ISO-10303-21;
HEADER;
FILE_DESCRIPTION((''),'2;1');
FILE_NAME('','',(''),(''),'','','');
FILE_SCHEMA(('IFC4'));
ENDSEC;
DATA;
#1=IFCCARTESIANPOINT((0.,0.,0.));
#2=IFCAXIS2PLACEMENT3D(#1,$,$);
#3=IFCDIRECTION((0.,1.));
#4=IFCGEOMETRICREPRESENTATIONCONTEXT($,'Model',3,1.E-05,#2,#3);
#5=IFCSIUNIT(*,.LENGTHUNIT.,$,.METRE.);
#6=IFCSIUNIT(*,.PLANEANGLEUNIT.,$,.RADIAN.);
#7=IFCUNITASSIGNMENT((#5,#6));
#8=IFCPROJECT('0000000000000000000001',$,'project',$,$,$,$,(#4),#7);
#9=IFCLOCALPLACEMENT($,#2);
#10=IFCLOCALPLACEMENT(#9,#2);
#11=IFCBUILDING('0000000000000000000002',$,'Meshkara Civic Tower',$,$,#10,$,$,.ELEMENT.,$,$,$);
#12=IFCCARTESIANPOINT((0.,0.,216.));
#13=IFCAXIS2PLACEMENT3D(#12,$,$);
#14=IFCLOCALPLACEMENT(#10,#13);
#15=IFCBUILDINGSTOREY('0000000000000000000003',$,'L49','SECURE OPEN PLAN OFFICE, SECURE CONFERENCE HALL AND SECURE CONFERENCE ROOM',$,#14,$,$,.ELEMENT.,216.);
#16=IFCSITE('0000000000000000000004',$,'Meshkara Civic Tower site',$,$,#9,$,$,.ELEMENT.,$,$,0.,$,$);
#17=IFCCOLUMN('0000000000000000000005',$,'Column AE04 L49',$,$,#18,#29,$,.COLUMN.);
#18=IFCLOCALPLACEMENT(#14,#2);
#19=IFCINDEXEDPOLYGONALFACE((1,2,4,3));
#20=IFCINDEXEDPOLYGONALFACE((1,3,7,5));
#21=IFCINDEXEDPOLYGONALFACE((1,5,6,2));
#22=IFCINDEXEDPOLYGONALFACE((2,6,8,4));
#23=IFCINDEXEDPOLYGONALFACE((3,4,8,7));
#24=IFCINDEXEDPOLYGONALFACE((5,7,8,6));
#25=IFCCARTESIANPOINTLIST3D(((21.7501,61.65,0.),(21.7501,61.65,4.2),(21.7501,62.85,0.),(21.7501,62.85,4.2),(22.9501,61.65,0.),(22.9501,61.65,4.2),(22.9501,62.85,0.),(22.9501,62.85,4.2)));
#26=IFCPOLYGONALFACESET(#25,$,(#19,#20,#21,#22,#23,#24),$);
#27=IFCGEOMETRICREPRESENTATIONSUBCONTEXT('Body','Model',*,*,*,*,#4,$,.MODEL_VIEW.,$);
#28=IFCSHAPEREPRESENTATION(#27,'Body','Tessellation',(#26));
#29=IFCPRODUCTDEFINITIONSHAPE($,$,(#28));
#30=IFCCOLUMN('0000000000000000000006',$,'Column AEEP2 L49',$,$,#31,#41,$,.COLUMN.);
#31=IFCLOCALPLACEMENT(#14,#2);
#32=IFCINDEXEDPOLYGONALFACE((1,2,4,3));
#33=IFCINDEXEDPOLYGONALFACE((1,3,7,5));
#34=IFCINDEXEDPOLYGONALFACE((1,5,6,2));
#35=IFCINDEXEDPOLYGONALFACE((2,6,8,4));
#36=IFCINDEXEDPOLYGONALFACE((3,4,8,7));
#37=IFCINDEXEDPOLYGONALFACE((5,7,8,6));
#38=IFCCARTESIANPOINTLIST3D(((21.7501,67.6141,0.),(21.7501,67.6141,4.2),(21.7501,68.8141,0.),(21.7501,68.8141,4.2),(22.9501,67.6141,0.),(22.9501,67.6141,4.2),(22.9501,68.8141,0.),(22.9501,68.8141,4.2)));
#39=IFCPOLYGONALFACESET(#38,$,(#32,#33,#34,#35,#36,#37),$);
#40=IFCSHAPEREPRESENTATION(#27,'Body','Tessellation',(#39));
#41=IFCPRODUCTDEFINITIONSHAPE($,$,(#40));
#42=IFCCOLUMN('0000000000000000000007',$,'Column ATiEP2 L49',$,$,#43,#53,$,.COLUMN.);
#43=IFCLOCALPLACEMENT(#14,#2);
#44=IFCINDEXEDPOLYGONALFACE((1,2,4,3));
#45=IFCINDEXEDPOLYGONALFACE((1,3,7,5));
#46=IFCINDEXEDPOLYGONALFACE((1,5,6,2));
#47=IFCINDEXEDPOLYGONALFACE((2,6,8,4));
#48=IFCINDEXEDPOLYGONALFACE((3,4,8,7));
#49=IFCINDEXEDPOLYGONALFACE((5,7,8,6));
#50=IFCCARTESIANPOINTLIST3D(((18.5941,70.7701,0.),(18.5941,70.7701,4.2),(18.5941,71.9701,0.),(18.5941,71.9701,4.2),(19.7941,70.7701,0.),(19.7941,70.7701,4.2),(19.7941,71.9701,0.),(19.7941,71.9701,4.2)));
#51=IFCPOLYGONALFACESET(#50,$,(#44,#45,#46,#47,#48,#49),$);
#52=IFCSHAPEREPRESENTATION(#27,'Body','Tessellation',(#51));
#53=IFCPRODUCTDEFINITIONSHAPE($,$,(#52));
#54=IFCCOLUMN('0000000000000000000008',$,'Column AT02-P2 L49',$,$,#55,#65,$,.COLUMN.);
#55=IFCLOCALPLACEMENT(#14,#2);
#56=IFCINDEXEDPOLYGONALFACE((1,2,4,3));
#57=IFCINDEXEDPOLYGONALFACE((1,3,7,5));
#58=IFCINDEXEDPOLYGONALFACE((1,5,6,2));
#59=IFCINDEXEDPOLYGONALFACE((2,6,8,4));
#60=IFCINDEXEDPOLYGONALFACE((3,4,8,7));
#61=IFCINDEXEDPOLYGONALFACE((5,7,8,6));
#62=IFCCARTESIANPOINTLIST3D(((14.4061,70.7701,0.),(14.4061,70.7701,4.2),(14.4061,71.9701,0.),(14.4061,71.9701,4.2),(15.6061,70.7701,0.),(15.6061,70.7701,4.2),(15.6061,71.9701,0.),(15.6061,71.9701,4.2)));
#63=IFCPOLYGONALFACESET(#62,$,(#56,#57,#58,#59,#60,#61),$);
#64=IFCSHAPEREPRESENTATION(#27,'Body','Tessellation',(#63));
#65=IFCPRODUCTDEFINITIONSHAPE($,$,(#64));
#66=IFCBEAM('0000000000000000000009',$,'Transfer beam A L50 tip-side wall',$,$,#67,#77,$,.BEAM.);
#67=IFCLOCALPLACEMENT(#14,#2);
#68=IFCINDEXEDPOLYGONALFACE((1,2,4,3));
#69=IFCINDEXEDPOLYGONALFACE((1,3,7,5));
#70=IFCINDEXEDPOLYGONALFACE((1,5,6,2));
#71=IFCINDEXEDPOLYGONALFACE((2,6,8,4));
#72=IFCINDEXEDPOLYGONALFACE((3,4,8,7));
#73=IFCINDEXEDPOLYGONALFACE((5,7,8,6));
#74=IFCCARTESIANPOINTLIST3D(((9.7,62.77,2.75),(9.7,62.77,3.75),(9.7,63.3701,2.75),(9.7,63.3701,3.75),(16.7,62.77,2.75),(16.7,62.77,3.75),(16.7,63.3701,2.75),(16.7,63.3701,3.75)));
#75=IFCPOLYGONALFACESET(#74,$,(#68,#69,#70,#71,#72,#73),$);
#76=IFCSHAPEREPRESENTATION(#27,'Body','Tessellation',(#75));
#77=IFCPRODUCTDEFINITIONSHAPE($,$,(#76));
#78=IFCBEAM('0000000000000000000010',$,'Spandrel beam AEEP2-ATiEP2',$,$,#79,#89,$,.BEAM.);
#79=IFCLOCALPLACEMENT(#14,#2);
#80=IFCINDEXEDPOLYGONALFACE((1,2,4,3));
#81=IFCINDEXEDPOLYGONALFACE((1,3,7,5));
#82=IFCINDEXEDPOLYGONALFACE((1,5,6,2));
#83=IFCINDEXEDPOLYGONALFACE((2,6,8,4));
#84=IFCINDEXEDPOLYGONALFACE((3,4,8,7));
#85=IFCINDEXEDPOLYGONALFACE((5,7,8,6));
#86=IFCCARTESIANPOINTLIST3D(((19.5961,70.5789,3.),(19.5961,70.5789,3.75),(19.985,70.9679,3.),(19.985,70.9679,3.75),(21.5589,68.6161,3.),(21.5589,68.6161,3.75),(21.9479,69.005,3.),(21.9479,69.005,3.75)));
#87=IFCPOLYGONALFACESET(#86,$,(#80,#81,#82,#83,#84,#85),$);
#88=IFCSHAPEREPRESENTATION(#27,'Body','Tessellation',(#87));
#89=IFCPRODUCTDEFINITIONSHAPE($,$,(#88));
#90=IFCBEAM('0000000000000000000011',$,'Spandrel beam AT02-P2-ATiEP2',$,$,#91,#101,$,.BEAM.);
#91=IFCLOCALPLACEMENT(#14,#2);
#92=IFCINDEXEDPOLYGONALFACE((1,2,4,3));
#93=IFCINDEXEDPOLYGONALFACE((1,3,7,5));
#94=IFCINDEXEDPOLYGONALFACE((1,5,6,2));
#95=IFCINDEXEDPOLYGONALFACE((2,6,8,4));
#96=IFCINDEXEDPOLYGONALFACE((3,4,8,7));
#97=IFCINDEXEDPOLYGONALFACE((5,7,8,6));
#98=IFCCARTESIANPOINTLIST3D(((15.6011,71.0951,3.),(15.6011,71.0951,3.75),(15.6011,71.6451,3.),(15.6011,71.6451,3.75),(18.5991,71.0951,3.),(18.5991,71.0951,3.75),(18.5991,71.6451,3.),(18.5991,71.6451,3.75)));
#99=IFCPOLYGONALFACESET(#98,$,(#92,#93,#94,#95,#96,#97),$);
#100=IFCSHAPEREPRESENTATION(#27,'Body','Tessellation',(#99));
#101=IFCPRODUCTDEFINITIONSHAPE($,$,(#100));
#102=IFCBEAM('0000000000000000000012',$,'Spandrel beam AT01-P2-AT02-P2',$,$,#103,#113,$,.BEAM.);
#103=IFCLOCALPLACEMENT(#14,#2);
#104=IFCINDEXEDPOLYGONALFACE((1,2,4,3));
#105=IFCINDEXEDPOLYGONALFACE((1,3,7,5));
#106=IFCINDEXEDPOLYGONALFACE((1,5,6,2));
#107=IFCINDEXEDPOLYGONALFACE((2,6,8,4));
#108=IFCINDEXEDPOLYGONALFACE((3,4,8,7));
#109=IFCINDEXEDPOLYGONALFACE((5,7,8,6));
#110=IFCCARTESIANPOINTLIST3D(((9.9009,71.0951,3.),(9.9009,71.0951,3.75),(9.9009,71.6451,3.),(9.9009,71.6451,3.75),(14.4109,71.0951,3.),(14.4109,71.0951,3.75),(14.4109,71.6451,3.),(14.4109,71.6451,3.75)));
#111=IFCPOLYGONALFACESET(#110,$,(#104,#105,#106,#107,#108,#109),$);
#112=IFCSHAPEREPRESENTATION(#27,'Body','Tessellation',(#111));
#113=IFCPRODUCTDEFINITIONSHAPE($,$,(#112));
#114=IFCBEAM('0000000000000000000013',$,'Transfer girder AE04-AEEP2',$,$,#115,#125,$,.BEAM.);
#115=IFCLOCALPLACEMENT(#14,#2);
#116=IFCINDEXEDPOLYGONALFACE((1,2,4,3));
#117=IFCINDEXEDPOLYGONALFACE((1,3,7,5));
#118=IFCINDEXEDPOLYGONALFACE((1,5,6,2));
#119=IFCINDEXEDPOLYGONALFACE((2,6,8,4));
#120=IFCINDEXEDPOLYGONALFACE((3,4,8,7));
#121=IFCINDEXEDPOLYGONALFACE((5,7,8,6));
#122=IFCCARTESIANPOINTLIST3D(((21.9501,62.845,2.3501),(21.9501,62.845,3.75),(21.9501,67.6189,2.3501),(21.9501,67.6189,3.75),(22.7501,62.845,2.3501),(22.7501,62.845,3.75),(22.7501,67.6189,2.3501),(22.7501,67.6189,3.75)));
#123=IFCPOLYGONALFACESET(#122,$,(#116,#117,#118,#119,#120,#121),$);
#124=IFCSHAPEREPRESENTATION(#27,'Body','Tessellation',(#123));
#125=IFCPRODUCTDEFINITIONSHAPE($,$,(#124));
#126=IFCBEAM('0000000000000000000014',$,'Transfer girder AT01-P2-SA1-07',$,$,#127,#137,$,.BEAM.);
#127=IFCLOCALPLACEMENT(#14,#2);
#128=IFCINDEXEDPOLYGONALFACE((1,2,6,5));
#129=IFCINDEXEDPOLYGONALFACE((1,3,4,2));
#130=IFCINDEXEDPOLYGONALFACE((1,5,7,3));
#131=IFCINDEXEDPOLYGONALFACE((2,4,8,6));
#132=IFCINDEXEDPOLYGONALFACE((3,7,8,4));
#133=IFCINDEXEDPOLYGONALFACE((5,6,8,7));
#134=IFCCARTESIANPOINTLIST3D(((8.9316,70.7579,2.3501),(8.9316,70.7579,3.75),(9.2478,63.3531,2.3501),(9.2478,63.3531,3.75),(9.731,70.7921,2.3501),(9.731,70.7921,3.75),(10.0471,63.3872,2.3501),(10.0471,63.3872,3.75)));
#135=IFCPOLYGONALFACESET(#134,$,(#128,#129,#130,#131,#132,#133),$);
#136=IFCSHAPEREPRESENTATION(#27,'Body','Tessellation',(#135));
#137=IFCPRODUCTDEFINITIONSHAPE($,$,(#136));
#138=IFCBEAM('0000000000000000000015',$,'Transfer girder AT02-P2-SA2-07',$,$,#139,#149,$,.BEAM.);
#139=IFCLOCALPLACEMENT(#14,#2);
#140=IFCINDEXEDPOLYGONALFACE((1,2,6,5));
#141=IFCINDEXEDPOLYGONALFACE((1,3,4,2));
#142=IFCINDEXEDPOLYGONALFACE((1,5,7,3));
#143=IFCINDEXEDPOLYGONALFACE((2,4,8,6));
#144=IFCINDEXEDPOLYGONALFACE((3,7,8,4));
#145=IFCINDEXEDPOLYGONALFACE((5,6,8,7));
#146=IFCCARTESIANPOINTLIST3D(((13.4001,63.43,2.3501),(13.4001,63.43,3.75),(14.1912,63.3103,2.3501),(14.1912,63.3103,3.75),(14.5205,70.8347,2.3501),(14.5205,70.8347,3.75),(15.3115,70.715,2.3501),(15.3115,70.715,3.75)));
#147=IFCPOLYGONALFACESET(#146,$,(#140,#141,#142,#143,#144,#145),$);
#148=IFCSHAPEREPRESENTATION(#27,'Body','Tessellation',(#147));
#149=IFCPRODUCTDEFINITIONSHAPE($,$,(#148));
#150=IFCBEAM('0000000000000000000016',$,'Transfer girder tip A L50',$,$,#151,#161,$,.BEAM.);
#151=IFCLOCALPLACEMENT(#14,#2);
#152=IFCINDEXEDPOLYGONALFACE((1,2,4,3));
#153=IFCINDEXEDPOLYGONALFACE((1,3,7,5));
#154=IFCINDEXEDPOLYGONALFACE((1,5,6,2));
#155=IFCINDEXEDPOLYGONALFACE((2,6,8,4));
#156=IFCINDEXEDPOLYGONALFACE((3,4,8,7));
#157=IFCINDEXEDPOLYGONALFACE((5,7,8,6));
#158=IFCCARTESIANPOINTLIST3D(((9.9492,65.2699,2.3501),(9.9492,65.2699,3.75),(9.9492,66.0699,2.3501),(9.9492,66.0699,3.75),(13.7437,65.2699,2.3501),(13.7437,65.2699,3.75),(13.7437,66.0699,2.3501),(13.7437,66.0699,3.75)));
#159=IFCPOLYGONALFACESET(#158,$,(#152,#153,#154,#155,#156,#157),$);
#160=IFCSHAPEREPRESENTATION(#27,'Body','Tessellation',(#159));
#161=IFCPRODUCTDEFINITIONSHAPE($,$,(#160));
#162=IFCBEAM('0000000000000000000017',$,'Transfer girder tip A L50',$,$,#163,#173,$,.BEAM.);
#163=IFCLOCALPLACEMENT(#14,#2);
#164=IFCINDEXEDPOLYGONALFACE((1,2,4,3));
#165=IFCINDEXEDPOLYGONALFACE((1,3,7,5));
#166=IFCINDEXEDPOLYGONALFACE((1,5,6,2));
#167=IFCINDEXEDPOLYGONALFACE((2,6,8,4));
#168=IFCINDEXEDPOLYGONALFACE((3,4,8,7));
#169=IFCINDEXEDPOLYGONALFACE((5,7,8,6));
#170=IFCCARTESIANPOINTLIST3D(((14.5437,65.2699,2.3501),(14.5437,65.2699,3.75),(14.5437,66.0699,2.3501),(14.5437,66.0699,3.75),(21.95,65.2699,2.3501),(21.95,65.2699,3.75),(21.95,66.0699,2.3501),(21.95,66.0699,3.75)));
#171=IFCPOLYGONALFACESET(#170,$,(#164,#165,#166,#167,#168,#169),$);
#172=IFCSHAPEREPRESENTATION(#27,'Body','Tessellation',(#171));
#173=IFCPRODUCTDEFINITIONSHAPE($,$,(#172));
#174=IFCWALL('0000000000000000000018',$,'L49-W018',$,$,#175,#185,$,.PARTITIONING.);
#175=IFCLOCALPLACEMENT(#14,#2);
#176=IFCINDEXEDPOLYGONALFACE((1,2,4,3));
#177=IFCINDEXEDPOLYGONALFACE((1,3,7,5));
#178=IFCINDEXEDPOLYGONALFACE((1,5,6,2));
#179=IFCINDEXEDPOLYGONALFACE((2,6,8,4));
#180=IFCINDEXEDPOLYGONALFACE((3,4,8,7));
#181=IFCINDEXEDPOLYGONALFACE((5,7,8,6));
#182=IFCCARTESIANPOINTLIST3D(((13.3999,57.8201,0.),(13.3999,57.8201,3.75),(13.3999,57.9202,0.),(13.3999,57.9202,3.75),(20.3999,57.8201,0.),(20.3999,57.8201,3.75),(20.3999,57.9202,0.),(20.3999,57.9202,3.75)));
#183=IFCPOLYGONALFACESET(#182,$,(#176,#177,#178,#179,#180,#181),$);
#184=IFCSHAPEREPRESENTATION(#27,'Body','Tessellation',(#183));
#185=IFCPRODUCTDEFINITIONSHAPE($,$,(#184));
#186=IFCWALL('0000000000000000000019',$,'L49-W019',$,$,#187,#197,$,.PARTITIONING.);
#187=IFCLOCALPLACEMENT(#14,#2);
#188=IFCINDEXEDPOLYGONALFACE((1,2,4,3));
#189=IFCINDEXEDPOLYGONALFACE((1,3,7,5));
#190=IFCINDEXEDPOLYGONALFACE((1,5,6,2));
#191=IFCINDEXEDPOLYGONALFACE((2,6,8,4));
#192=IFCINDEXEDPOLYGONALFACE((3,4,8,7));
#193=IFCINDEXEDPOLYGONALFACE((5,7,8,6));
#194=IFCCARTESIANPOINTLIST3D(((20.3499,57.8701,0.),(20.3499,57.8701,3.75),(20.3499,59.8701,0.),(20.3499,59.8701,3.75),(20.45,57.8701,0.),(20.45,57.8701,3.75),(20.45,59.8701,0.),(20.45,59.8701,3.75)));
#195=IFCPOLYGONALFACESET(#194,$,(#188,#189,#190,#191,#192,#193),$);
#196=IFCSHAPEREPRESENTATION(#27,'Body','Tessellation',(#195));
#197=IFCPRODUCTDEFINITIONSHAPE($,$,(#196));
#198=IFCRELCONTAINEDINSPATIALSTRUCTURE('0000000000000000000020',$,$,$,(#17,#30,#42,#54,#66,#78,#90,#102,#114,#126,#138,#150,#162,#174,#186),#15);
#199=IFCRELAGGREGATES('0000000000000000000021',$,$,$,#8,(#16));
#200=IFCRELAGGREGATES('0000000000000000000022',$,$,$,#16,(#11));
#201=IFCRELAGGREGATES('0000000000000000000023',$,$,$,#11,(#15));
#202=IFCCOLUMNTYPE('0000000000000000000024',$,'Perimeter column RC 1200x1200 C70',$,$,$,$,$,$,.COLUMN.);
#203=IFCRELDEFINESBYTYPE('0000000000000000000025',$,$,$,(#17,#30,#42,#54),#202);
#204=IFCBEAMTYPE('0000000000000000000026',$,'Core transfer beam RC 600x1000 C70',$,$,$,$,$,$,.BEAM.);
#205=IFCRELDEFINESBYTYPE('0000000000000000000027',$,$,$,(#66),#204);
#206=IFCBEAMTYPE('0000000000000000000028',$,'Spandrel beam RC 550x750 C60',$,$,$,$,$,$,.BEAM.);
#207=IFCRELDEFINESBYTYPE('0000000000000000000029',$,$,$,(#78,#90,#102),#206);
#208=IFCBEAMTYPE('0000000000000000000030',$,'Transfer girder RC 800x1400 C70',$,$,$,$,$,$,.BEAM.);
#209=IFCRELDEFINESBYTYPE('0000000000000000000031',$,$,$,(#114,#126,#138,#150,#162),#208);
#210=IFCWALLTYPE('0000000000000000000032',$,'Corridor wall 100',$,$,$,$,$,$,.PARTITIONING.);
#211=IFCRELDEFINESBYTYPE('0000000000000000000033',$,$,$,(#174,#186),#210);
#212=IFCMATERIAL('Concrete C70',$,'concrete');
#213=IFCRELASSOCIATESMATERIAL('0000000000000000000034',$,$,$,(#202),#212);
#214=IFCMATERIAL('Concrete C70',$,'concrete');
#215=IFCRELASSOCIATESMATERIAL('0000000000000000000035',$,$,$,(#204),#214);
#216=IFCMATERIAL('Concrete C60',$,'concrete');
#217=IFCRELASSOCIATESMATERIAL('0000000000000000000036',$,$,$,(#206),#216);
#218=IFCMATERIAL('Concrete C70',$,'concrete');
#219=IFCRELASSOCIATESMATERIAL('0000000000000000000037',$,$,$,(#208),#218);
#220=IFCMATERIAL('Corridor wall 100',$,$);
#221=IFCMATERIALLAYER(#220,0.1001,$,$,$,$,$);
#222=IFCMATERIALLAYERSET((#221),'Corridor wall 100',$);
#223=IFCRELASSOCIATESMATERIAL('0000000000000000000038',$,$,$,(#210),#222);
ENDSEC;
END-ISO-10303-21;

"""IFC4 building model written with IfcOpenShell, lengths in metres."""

from ifc_helpers import new_model, si_unit, direction, frame, frame_2d, origin, origin_2d, place, context, subcontext, project, spatial, rectangle, extrude, material, layer, layer_set, material_profile, profile_set, type_object, element, save


model = new_model("IFC4")

# Units and contexts
model_context = context("Model", 3, precision=1e-05, world=origin(), true_north=direction((0.0, 1.0)))
body_context = subcontext(model_context, "Body", "Model", "MODEL_VIEW")
ifc_project = project(units=[si_unit("LENGTHUNIT", "METRE"), si_unit("PLANEANGLEUNIT", "RADIAN")], contexts=[model_context])

# Site, building, storey
site_placement = place(None, origin())
site = spatial("IfcSite", under=ifc_project, at=site_placement, Name="Meshkara Civic Tower site", CompositionType="ELEMENT", RefElevation=0.0)
building_placement = place(site_placement, origin())
building = spatial("IfcBuilding", under=site, at=building_placement, Name="Meshkara Civic Tower", CompositionType="ELEMENT")
storey_placement = place(building_placement, frame((0.0, 0.0, 216.0)))
storey = spatial("IfcBuildingStorey", under=building, at=storey_placement, Name="L49", Description="SECURE OPEN PLAN OFFICE, SECURE CONFERENCE HALL AND SECURE CONFERENCE ROOM", CompositionType="ELEMENT", Elevation=216.0)

# Columns
ifc_material_1 = material(Name="Concrete C70", Category="concrete")
ifc_material_profile_1 = material_profile(ifc_material_1, rectangle(XDim=1.2, YDim=1.2, at=origin_2d()))
ifc_profile_set_1 = profile_set([ifc_material_profile_1], Name="Concrete C70")
column_type = type_object("IfcColumnType", Name="Perimeter column RC 1200x1200 C70", PredefinedType="COLUMN", material=ifc_profile_set_1)
for number, where, z_axis, x_axis, name in (
    (1, (22.3501, 62.25, 0.0), (0.0, 0.0, 1.0), (1.0, 0.0, 0.0), "Column AE04 L49"),
    (2, (22.3501, 68.2141, 0.0), (0.0, 0.0, 1.0), (1.0, 0.0, 0.0), "Column AEEP2 L49"),
    (3, (19.1941, 71.3701, 0.0), (0.0, 0.0, 1.0), (1.0, 0.0, 0.0), "Column ATiEP2 L49"),
    (4, (15.0061, 71.3701, 0.0), (0.0, 0.0, 1.0), (1.0, 0.0, 0.0), "Column AT02-P2 L49"),
):
    element("IfcColumn", number, at=place(storey_placement, frame(where, z_axis=z_axis, x_axis=x_axis)), inside=storey, type_object=column_type, Name=name, PredefinedType="COLUMN", context=body_context, shape_type="SweptSolid", body=[
        extrude(rectangle(XDim=1.2, YDim=1.2, at=origin_2d()), origin(), (0.0, 0.0, 1.0), 4.2),
    ])

# Beams
ifc_material_2 = material(Name="Concrete C70", Category="concrete")
ifc_material_profile_2 = material_profile(ifc_material_2, rectangle(XDim=0.6001, YDim=1.0, at=origin_2d()))
ifc_profile_set_2 = profile_set([ifc_material_profile_2], Name="Concrete C70")
beam_type_1 = type_object("IfcBeamType", Name="Core transfer beam RC 600x1000 C70", PredefinedType="BEAM", material=ifc_profile_set_2)
beam_1_placement = place(storey_placement, frame((9.7, 63.0701, 3.25), z_axis=(1.0, 0.0, 0.0), x_axis=(0.0, 1.0, 0.0)))
element("IfcBeam", 5, at=beam_1_placement, inside=storey, type_object=beam_type_1, Name="Transfer beam A L50 tip-side wall", PredefinedType="BEAM", context=body_context, shape_type="SweptSolid", body=[
    extrude(rectangle(XDim=0.6001, YDim=1.0, at=origin_2d()), origin(), (0.0, 0.0, 1.0), 7.0),
])
ifc_material_3 = material(Name="Concrete C60", Category="concrete")
ifc_material_profile_3 = material_profile(ifc_material_3, rectangle(XDim=0.55, YDim=0.75, at=origin_2d()))
ifc_profile_set_3 = profile_set([ifc_material_profile_3], Name="Concrete C60")
beam_type_2 = type_object("IfcBeamType", Name="Spandrel beam RC 550x750 C60", PredefinedType="BEAM", material=ifc_profile_set_3)
beam_2_placement = place(storey_placement, frame((21.7534, 68.8105, 3.375), z_axis=(-0.707107, 0.707107, 0.0), x_axis=(-0.707107, -0.707107, 0.0)))
element("IfcBeam", 6, at=beam_2_placement, inside=storey, type_object=beam_type_2, Name="Spandrel beam AEEP2-ATiEP2", PredefinedType="BEAM", context=body_context, shape_type="SweptSolid", body=[
    extrude(rectangle(XDim=0.55, YDim=0.75, at=origin_2d()), origin(), (0.0, 0.0, 1.0), 2.7759),
])
beam_3_placement = place(storey_placement, frame((18.5991, 71.3701, 3.375), z_axis=(-1.0, 0.0, 0.0), x_axis=(0.0, -1.0, 0.0)))
element("IfcBeam", 7, at=beam_3_placement, inside=storey, type_object=beam_type_2, Name="Spandrel beam AT02-P2-ATiEP2", PredefinedType="BEAM", context=body_context, shape_type="SweptSolid", body=[
    extrude(rectangle(XDim=0.55, YDim=0.75, at=origin_2d()), origin(), (0.0, 0.0, 1.0), 2.998),
])
beam_4_placement = place(storey_placement, frame((14.4109, 71.3701, 3.375), z_axis=(-1.0, 0.0, 0.0), x_axis=(0.0, -1.0, 0.0)))
element("IfcBeam", 8, at=beam_4_placement, inside=storey, type_object=beam_type_2, Name="Spandrel beam AT01-P2-AT02-P2", PredefinedType="BEAM", context=body_context, shape_type="SweptSolid", body=[
    extrude(rectangle(XDim=0.55, YDim=0.75, at=origin_2d()), origin(), (0.0, 0.0, 1.0), 4.51),
])
ifc_material_4 = material(Name="Concrete C70", Category="concrete")
ifc_material_profile_4 = material_profile(ifc_material_4, rectangle(XDim=0.8, YDim=1.3999, at=origin_2d()))
ifc_profile_set_4 = profile_set([ifc_material_profile_4], Name="Concrete C70")
beam_type_3 = type_object("IfcBeamType", Name="Transfer girder RC 800x1400 C70", PredefinedType="BEAM", material=ifc_profile_set_4)
beam_5_placement = place(storey_placement, frame((22.3501, 62.845, 3.05), z_axis=(0.0, 1.0, 0.0), x_axis=(-1.0, 0.0, 0.0)))
element("IfcBeam", 9, at=beam_5_placement, inside=storey, type_object=beam_type_3, Name="Transfer girder AE04-AEEP2", PredefinedType="BEAM", context=body_context, shape_type="SweptSolid", body=[
    extrude(rectangle(XDim=0.8, YDim=1.3999, at=origin_2d()), origin(), (0.0, 0.0, 1.0), 4.7739),
])
beam_6_placement = place(storey_placement, frame((9.6475, 63.3701, 3.05), z_axis=(-0.042658, 0.99909, 0.0), x_axis=(-0.99909, -0.042658, 0.0)))
element("IfcBeam", 10, at=beam_6_placement, inside=storey, type_object=beam_type_3, Name="Transfer girder AT01-P2-SA1-07", PredefinedType="BEAM", context=body_context, shape_type="SweptSolid", body=[
    extrude(rectangle(XDim=0.8, YDim=1.3999, at=origin_2d()), origin(), (0.0, 0.0, 1.0), 7.4116),
])
beam_7_placement = place(storey_placement, frame((13.7957, 63.3701, 3.05), z_axis=(0.1496, 0.988747, 0.0), x_axis=(-0.988747, 0.1496, 0.0)))
element("IfcBeam", 11, at=beam_7_placement, inside=storey, type_object=beam_type_3, Name="Transfer girder AT02-P2-SA2-07", PredefinedType="BEAM", context=body_context, shape_type="SweptSolid", body=[
    extrude(rectangle(XDim=0.8, YDim=1.3999, at=origin_2d()), origin(), (0.0, 0.0, 1.0), 7.489),
])
beam_8_placement = place(storey_placement, frame((9.9492, 65.6699, 3.05), z_axis=(1.0, 0.0, 0.0), x_axis=(0.0, 1.0, 0.0)))
element("IfcBeam", 12, at=beam_8_placement, inside=storey, type_object=beam_type_3, Name="Transfer girder tip A L50", PredefinedType="BEAM", context=body_context, shape_type="SweptSolid", body=[
    extrude(rectangle(XDim=0.8, YDim=1.3999, at=origin_2d()), origin(), (0.0, 0.0, 1.0), 3.7944),
])
beam_9_placement = place(storey_placement, frame((14.5437, 65.6699, 3.05), z_axis=(1.0, 0.0, 0.0), x_axis=(0.0, 1.0, 0.0)))
element("IfcBeam", 13, at=beam_9_placement, inside=storey, type_object=beam_type_3, Name="Transfer girder tip A L50", PredefinedType="BEAM", context=body_context, shape_type="SweptSolid", body=[
    extrude(rectangle(XDim=0.8, YDim=1.3999, at=origin_2d()), origin(), (0.0, 0.0, 1.0), 7.4062),
])

# Walls
ifc_material_5 = material(Name="Corridor wall 100")
ifc_layer_1 = layer(ifc_material_5, 0.1001)
ifc_layer_set_1 = layer_set([ifc_layer_1], Name="Corridor wall 100")
wall_type_1 = type_object("IfcWallType", Name="Corridor wall 100", PredefinedType="PARTITIONING", material=ifc_layer_set_1)
wall_1_placement = place(storey_placement, frame((13.3999, 57.8701, 0.0), z_axis=(0.0, 0.0, 1.0), x_axis=(1.0, 0.0, 0.0)))
element("IfcWall", 14, at=wall_1_placement, inside=storey, type_object=wall_type_1, Name="L49-W018", PredefinedType="PARTITIONING", context=body_context, shape_type="SweptSolid", body=[
    extrude(rectangle(XDim=7.0, YDim=0.1001, at=frame_2d((3.5, 0.0))), origin(), (0.0, 0.0, 1.0), 3.75),
])
wall_2_placement = place(storey_placement, frame((20.3999, 57.8701, 0.0), z_axis=(0.0, 0.0, 1.0), x_axis=(0.0, 1.0, 0.0)))
element("IfcWall", 15, at=wall_2_placement, inside=storey, type_object=wall_type_1, Name="L49-W019", PredefinedType="PARTITIONING", context=body_context, shape_type="SweptSolid", body=[
    extrude(rectangle(XDim=2.0, YDim=0.1001, at=frame_2d((1.0, 0.0))), origin(), (0.0, 0.0, 1.0), 3.75),
])

save(model, "model.ifc")
